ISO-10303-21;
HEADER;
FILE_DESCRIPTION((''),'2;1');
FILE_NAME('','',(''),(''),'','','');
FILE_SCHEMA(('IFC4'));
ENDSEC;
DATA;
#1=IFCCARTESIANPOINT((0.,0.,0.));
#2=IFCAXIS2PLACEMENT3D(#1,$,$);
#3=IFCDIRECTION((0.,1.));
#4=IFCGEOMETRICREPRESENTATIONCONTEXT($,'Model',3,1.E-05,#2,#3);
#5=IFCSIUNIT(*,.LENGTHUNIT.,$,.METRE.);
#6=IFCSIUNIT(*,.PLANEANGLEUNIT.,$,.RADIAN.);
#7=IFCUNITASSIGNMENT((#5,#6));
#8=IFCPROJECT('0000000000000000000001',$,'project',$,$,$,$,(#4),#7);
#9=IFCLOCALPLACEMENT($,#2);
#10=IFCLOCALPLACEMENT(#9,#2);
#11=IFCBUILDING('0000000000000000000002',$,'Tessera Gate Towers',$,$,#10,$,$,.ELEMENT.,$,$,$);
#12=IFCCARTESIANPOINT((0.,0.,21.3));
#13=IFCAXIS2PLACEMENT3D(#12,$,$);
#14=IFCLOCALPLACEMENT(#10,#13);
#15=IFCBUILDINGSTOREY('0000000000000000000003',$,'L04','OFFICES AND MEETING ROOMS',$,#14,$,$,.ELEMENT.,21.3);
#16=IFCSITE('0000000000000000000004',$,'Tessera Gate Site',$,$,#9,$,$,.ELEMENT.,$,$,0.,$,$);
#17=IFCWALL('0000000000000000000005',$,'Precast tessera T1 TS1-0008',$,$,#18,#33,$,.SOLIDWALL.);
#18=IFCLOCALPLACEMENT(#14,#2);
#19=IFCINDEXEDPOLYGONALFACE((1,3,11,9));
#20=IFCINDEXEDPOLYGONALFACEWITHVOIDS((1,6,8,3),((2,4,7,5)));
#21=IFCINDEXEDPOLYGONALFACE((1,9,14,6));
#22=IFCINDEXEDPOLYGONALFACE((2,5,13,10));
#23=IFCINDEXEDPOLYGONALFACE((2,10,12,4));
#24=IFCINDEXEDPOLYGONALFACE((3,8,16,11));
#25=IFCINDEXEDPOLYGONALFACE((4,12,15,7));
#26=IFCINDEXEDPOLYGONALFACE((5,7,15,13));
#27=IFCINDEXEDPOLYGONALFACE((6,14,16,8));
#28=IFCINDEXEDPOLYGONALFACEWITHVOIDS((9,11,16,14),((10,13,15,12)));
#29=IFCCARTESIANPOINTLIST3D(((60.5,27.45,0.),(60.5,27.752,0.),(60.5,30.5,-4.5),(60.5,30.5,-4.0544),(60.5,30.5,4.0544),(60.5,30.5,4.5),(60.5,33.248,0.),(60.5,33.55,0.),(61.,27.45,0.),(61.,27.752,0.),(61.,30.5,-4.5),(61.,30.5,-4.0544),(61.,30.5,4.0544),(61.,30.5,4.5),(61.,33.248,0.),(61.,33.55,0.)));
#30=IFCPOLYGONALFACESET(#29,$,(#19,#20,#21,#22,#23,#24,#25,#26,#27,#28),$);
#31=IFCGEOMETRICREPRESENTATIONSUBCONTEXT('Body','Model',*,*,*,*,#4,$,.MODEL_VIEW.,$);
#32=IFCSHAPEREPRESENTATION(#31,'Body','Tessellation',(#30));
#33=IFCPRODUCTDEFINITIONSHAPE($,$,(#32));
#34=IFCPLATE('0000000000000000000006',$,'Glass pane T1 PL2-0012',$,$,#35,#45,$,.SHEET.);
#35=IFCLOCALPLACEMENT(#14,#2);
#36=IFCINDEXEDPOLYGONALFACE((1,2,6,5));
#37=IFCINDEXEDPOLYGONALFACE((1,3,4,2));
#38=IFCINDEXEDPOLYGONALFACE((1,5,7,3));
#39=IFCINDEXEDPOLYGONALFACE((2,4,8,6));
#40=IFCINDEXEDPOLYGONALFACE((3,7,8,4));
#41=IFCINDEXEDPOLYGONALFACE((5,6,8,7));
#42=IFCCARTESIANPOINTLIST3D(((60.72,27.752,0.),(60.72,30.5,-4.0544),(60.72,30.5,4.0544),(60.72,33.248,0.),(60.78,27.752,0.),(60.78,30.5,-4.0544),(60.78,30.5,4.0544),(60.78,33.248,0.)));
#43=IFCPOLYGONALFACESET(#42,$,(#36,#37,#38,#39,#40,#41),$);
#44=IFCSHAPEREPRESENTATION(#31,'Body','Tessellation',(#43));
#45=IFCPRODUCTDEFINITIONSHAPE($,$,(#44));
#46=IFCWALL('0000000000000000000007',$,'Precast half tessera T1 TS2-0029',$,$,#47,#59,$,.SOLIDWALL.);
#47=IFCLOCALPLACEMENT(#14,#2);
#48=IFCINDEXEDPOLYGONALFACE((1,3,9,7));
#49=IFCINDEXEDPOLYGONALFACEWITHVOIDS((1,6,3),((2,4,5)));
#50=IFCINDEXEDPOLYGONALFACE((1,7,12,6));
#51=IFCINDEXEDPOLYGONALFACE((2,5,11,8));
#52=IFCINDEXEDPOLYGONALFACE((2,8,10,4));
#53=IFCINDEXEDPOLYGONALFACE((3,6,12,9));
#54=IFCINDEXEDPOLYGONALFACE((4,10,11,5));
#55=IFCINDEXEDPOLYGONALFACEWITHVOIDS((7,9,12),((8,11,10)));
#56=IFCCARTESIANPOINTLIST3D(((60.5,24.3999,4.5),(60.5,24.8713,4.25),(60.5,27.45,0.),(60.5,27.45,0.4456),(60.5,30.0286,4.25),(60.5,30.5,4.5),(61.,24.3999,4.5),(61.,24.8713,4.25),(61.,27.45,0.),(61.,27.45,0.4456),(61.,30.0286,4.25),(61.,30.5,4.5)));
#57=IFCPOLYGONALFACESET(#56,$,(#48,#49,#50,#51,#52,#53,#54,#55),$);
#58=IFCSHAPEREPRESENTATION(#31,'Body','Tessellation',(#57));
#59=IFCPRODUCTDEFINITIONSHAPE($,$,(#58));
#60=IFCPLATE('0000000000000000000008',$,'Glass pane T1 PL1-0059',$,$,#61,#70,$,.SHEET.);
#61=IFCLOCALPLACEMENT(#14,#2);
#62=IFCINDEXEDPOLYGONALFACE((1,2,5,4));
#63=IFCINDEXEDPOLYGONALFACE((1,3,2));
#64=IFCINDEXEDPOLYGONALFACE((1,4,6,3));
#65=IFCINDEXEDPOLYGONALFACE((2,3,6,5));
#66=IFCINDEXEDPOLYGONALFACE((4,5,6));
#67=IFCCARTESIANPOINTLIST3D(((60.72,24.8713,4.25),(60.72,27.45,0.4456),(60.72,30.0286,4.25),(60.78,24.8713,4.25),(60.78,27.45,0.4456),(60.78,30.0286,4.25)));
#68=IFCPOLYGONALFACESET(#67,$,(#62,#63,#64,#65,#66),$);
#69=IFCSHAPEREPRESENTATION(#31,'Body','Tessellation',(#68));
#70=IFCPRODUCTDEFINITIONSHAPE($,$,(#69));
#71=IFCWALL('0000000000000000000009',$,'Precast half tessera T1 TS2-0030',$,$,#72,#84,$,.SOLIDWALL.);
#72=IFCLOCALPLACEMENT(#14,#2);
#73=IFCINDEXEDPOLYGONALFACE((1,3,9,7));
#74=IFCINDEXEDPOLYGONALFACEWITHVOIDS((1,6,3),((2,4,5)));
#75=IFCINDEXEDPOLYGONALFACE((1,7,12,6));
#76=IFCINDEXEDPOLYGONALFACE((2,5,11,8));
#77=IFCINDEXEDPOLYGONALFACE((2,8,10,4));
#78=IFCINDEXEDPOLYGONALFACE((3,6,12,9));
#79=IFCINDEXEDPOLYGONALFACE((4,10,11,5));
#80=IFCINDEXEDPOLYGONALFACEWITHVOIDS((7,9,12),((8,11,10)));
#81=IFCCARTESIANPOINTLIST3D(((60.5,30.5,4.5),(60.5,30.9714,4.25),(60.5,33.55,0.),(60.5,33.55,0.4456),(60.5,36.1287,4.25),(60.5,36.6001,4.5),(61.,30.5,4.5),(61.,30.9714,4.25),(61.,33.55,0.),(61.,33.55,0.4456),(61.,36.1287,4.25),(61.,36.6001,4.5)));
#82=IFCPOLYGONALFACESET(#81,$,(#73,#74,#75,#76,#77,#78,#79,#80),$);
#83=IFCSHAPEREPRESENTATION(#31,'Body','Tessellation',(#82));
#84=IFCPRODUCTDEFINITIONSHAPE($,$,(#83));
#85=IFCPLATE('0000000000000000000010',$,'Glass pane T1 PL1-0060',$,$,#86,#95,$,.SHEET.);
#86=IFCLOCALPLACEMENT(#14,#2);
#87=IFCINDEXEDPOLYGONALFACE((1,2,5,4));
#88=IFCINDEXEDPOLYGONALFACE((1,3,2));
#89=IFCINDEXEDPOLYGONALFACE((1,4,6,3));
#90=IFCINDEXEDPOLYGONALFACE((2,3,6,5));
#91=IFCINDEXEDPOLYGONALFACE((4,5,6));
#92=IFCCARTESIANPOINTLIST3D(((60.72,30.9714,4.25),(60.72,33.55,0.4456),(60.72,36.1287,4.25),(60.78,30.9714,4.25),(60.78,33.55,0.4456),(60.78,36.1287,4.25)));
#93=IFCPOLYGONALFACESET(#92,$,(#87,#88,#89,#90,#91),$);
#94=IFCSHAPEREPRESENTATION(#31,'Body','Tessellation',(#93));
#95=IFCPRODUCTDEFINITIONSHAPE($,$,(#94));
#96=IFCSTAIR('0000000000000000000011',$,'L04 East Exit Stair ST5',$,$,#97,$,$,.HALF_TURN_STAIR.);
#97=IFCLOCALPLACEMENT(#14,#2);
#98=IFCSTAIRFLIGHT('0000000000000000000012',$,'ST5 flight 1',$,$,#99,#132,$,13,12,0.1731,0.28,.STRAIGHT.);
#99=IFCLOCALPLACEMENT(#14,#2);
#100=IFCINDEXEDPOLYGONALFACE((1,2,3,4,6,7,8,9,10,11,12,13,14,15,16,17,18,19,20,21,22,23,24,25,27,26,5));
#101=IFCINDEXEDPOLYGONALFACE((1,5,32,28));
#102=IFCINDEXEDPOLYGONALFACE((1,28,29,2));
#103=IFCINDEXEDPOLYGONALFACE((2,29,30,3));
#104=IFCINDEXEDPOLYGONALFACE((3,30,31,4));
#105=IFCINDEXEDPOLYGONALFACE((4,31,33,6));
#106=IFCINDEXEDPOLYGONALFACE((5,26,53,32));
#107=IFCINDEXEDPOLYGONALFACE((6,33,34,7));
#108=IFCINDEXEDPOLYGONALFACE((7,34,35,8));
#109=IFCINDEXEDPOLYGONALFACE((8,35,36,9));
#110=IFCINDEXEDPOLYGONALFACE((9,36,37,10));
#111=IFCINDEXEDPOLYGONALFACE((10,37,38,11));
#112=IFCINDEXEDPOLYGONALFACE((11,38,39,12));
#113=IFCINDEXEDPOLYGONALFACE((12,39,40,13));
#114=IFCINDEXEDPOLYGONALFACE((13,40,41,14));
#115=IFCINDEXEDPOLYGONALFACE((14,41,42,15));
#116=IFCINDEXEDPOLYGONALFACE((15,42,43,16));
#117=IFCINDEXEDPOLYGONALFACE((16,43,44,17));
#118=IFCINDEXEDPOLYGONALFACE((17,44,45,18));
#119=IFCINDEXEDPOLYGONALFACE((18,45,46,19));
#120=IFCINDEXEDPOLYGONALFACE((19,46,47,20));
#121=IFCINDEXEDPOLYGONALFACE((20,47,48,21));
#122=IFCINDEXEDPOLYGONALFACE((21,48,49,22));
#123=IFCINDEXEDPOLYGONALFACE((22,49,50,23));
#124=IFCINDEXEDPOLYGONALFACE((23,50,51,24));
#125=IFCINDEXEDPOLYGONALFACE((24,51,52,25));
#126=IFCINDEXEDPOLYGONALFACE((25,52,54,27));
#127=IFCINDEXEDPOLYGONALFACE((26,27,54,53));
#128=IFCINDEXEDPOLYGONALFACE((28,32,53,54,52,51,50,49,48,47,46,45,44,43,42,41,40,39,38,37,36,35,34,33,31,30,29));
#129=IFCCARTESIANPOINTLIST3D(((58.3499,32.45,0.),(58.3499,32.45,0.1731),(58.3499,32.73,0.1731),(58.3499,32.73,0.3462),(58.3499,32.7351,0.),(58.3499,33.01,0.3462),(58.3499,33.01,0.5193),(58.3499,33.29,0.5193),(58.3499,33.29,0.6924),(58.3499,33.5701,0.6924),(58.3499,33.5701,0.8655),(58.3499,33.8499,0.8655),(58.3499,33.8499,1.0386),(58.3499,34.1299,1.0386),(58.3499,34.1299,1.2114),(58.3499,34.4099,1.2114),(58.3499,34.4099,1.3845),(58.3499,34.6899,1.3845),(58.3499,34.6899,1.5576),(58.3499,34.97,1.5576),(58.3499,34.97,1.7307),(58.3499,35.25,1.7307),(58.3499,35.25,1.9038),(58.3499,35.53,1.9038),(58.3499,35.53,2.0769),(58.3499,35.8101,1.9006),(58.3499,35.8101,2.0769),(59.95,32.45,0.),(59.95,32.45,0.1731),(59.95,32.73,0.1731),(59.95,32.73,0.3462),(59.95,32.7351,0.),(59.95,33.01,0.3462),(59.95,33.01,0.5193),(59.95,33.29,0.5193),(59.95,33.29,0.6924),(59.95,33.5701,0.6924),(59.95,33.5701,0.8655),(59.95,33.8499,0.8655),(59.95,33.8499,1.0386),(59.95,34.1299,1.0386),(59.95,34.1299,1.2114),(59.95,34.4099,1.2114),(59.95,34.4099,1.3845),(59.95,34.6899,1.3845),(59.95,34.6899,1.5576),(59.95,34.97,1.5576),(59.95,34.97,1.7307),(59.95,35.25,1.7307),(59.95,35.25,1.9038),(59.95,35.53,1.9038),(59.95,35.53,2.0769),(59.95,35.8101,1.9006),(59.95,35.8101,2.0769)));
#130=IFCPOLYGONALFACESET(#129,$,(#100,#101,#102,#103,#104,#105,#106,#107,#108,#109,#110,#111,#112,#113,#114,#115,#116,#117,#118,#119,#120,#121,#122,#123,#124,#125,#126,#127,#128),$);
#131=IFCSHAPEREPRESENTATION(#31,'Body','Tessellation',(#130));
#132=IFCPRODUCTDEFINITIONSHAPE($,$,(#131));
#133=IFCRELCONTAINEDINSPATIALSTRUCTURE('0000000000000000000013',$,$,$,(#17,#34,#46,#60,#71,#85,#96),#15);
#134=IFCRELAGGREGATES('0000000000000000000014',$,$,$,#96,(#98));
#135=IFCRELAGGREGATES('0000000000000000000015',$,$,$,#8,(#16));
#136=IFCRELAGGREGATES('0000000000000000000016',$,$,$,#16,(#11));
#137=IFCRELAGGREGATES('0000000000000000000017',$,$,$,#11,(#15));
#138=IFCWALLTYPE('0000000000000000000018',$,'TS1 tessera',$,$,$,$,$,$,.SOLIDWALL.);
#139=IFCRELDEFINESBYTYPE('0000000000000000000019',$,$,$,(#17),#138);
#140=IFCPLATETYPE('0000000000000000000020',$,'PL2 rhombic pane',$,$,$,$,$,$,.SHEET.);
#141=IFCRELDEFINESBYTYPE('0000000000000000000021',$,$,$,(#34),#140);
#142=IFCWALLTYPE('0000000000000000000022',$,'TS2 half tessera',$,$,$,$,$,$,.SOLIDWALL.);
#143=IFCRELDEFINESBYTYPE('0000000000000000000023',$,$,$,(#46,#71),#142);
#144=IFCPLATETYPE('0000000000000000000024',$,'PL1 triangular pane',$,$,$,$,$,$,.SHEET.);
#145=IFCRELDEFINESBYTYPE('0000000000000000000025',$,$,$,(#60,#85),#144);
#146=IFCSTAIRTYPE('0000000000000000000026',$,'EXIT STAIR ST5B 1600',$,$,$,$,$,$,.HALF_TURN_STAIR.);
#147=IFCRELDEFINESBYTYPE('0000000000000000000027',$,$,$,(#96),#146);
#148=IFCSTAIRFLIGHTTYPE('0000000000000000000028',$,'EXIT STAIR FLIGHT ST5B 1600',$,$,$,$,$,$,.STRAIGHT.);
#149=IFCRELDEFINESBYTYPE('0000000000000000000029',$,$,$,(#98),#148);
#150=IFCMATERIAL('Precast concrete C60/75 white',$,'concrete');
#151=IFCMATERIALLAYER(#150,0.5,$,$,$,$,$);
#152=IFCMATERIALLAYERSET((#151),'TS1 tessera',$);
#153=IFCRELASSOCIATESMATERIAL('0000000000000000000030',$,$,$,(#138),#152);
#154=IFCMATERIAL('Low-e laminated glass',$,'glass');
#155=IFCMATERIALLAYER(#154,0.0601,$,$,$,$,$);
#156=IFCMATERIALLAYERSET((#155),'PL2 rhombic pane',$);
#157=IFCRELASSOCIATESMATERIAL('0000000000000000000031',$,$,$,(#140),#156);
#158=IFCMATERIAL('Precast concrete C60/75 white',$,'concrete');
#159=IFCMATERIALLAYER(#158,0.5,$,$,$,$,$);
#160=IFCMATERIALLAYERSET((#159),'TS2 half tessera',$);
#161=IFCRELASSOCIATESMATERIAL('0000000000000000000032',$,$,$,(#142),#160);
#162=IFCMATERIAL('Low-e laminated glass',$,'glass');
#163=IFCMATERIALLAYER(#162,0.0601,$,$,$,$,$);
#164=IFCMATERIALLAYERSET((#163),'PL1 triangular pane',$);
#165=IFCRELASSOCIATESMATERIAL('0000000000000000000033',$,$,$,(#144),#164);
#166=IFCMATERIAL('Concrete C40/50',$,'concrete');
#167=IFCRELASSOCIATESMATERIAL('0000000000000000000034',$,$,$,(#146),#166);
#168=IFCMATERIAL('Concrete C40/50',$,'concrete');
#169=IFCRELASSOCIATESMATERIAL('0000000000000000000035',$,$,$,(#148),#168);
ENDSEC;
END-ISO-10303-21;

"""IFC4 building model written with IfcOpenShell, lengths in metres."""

from ifc_helpers import new_model, si_unit, direction, frame, origin, place, context, subcontext, project, spatial, polyline, outline, extrude, source, transform, mapped, material, layer, layer_set, type_object, element, fill, aggregate, save


model = new_model("IFC4")

# Units and contexts
model_context = context("Model", 3, precision=1e-05, world=origin(), true_north=direction((0.0, 1.0)))
body_context = subcontext(model_context, "Body", "Model", "MODEL_VIEW")
ifc_project = project(units=[si_unit("LENGTHUNIT", "METRE"), si_unit("PLANEANGLEUNIT", "RADIAN")], contexts=[model_context])

# Site, building, storey
site_placement = place(None, origin())
site = spatial("IfcSite", under=ifc_project, at=site_placement, Name="Tessera Gate Site", CompositionType="ELEMENT", RefElevation=0.0)
building_placement = place(site_placement, origin())
building = spatial("IfcBuilding", under=site, at=building_placement, Name="Tessera Gate Towers", CompositionType="ELEMENT")
storey_placement = place(building_placement, frame((0.0, 0.0, 21.3)))
storey = spatial("IfcBuildingStorey", under=building, at=storey_placement, Name="L04", Description="OFFICES AND MEETING ROOMS", CompositionType="ELEMENT", Elevation=21.3)

# Walls, openings, plates
ifc_material_1 = material(Name="Precast concrete C60/75 white", Category="concrete")
ifc_layer_1 = layer(ifc_material_1, 0.5)
ifc_layer_set_1 = layer_set([ifc_layer_1], Name="TS1 tessera")
wall_type_1 = type_object("IfcWallType", Name="TS1 tessera", PredefinedType="SOLIDWALL", material=ifc_layer_set_1)
shared_shape_1 = source(origin(), body_context, "Body", "SweptSolid", [
    extrude(outline(polyline([(3.05, 0.0), (6.1001, 4.5), (3.05, 9.0), (0.0, 4.5), (3.05, 0.0)])), frame((0.0, 0.25, 0.0), z_axis=(0.0, -1.0, 0.0), x_axis=(1.0, 0.0, 0.0)), (0.0, 0.0, 1.0), 0.5),
])
shared_shape_2 = source(origin(), body_context, "Body", "SweptSolid", [
    extrude(outline(polyline([(3.05, 0.4456), (5.7981, 4.5), (3.05, 8.5544), (0.302, 4.5), (3.05, 0.4456)])), frame((0.0, 0.26, 0.0), z_axis=(0.0, -1.0, 0.0), x_axis=(1.0, 0.0, 0.0)), (0.0, 0.0, 1.0), 0.52),
])
ifc_material_2 = material(Name="Low-e laminated glass", Category="glass")
ifc_layer_2 = layer(ifc_material_2, 0.0601)
ifc_layer_set_2 = layer_set([ifc_layer_2], Name="PL2 rhombic pane")
plate_type_1 = type_object("IfcPlateType", Name="PL2 rhombic pane", PredefinedType="SHEET", material=ifc_layer_set_2)
shared_shape_3 = source(origin(), body_context, "Body", "SweptSolid", [
    extrude(outline(polyline([(3.05, 0.4456), (5.7981, 4.5), (3.05, 8.5544), (0.302, 4.5), (3.05, 0.4456)])), frame((0.0, 0.03, 0.0), z_axis=(0.0, -1.0, 0.0), x_axis=(1.0, 0.0, 0.0)), (0.0, 0.0, 1.0), 0.0601),
])
wall_1_placement = place(storey_placement, frame((60.75, 27.45, -4.5), z_axis=(0.0, 0.0, 1.0), x_axis=(0.0, 1.0, 0.0)))
wall_1 = element("IfcWall", 1, at=wall_1_placement, inside=storey, type_object=wall_type_1, Name="Precast tessera T1 TS1-0008", PredefinedType="SOLIDWALL", context=body_context, shape_type="MappedRepresentation", body=[
    mapped(shared_shape_1, transform((0.0, 0.0, 0.0), scale=1.0)),
])
opening_1_placement = place(wall_1_placement, origin())
opening_1 = element("IfcOpeningElement", 2, at=opening_1_placement, cuts=wall_1, PredefinedType="OPENING", context=body_context, shape_type="MappedRepresentation", body=[
    mapped(shared_shape_2, transform((0.0, 0.0, 0.0), scale=1.0)),
])
plate_1_placement = place(opening_1_placement, origin())
plate_1 = element("IfcPlate", 3, at=plate_1_placement, inside=storey, type_object=plate_type_1, Name="Glass pane T1 PL2-0012", PredefinedType="SHEET", context=body_context, shape_type="MappedRepresentation", body=[
    mapped(shared_shape_3, transform((0.0, 0.0, 0.0), scale=1.0)),
])
fill(opening_1, plate_1)
ifc_material_3 = material(Name="Precast concrete C60/75 white", Category="concrete")
ifc_layer_3 = layer(ifc_material_3, 0.5)
ifc_layer_set_3 = layer_set([ifc_layer_3], Name="TS2 half tessera")
wall_type_2 = type_object("IfcWallType", Name="TS2 half tessera", PredefinedType="SOLIDWALL", material=ifc_layer_set_3)
shared_shape_4 = source(origin(), body_context, "Body", "SweptSolid", [
    extrude(outline(polyline([(3.05, 0.0), (6.1001, 4.5), (0.0, 4.5), (3.05, 0.0)])), frame((0.0, 0.25, 0.0), z_axis=(0.0, -1.0, 0.0), x_axis=(1.0, 0.0, 0.0)), (0.0, 0.0, 1.0), 0.5),
])
wall_2_placement = place(storey_placement, frame((60.75, 24.3999, 0.0), z_axis=(0.0, 0.0, 1.0), x_axis=(0.0, 1.0, 0.0)))
wall_2 = element("IfcWall", 4, at=wall_2_placement, inside=storey, type_object=wall_type_2, Name="Precast half tessera T1 TS2-0029", PredefinedType="SOLIDWALL", context=body_context, shape_type="MappedRepresentation", body=[
    mapped(shared_shape_4, transform((0.0, 0.0, 0.0), scale=1.0)),
])
shared_shape_5 = source(origin(), body_context, "Body", "SweptSolid", [
    extrude(outline(polyline([(3.05, 0.4456), (5.6287, 4.25), (0.4714, 4.25), (3.05, 0.4456)])), frame((0.0, 0.26, 0.0), z_axis=(0.0, -1.0, 0.0), x_axis=(1.0, 0.0, 0.0)), (0.0, 0.0, 1.0), 0.52),
])
opening_2_placement = place(wall_2_placement, origin())
opening_2 = element("IfcOpeningElement", 5, at=opening_2_placement, cuts=wall_2, PredefinedType="OPENING", context=body_context, shape_type="MappedRepresentation", body=[
    mapped(shared_shape_5, transform((0.0, 0.0, 0.0), scale=1.0)),
])
ifc_material_4 = material(Name="Low-e laminated glass", Category="glass")
ifc_layer_4 = layer(ifc_material_4, 0.0601)
ifc_layer_set_4 = layer_set([ifc_layer_4], Name="PL1 triangular pane")
plate_type_2 = type_object("IfcPlateType", Name="PL1 triangular pane", PredefinedType="SHEET", material=ifc_layer_set_4)
shared_shape_6 = source(origin(), body_context, "Body", "SweptSolid", [
    extrude(outline(polyline([(3.05, 0.4456), (5.6287, 4.25), (0.4714, 4.25), (3.05, 0.4456)])), frame((0.0, 0.03, 0.0), z_axis=(0.0, -1.0, 0.0), x_axis=(1.0, 0.0, 0.0)), (0.0, 0.0, 1.0), 0.0601),
])
plate_2_placement = place(opening_2_placement, origin())
plate_2 = element("IfcPlate", 6, at=plate_2_placement, inside=storey, type_object=plate_type_2, Name="Glass pane T1 PL1-0059", PredefinedType="SHEET", context=body_context, shape_type="MappedRepresentation", body=[
    mapped(shared_shape_6, transform((0.0, 0.0, 0.0), scale=1.0)),
])
fill(opening_2, plate_2)
wall_3_placement = place(storey_placement, frame((60.75, 30.5, 0.0), z_axis=(0.0, 0.0, 1.0), x_axis=(0.0, 1.0, 0.0)))
wall_3 = element("IfcWall", 7, at=wall_3_placement, inside=storey, type_object=wall_type_2, Name="Precast half tessera T1 TS2-0030", PredefinedType="SOLIDWALL", context=body_context, shape_type="MappedRepresentation", body=[
    mapped(shared_shape_4, transform((0.0, 0.0, 0.0), scale=1.0)),
])
opening_3_placement = place(wall_3_placement, origin())
opening_3 = element("IfcOpeningElement", 8, at=opening_3_placement, cuts=wall_3, PredefinedType="OPENING", context=body_context, shape_type="MappedRepresentation", body=[
    mapped(shared_shape_5, transform((0.0, 0.0, 0.0), scale=1.0)),
])
plate_3_placement = place(opening_3_placement, origin())
plate_3 = element("IfcPlate", 9, at=plate_3_placement, inside=storey, type_object=plate_type_2, Name="Glass pane T1 PL1-0060", PredefinedType="SHEET", context=body_context, shape_type="MappedRepresentation", body=[
    mapped(shared_shape_6, transform((0.0, 0.0, 0.0), scale=1.0)),
])
fill(opening_3, plate_3)

# Stair, stair flight
ifc_material_5 = material(Name="Concrete C40/50", Category="concrete")
stair_type = type_object("IfcStairType", Name="EXIT STAIR ST5B 1600", PredefinedType="HALF_TURN_STAIR", material=ifc_material_5)
stair_placement = place(storey_placement, origin())
stair = element("IfcStair", 10, at=stair_placement, inside=storey, type_object=stair_type, Name="L04 East Exit Stair ST5", PredefinedType="HALF_TURN_STAIR")
ifc_material_6 = material(Name="Concrete C40/50", Category="concrete")
stair_flight_type = type_object("IfcStairFlightType", Name="EXIT STAIR FLIGHT ST5B 1600", PredefinedType="STRAIGHT", material=ifc_material_6)
stair_flight_placement = place(storey_placement, frame((59.1499, 32.45, 0.0), z_axis=(0.0, 0.0, 1.0), x_axis=(0.0, 1.0, 0.0)))
stair_flight = element("IfcStairFlight", 11, at=stair_flight_placement, type_object=stair_flight_type, Name="ST5 flight 1", NumberOfRisers=13, NumberOfTreads=12, PredefinedType="STRAIGHT", RiserHeight=0.1731, TreadLength=0.28, context=body_context, shape_type="SweptSolid", body=[
    extrude(outline(polyline([(0.0, 0.0), (0.0, 0.1731), (0.28, 0.1731), (0.28, 0.3462), (0.5601, 0.3462), (0.5601, 0.5193), (0.8401, 0.5193), (0.8401, 0.6924), (1.1201, 0.6924), (1.1201, 0.8655), (1.3999, 0.8655), (1.3999, 1.0386), (1.6799, 1.0386), (1.6799, 1.2114), (1.96, 1.2114), (1.96, 1.3845), (2.24, 1.3845), (2.24, 1.5576), (2.52, 1.5576), (2.52, 1.7307), (2.8, 1.7307), (2.8, 1.9038), (3.0801, 1.9038), (3.0801, 2.0769), (3.3601, 2.0769), (3.3601, 2.25), (3.3601, 1.9006), (0.2852, 0.0), (0.0, 0.0)])), frame((0.0, 0.8, 0.0), z_axis=(0.0, -1.0, 0.0), x_axis=(1.0, 0.0, 0.0)), (0.0, 0.0, 1.0), 1.6001),
])
aggregate(stair, [stair_flight])

save(model, "model.ifc")
